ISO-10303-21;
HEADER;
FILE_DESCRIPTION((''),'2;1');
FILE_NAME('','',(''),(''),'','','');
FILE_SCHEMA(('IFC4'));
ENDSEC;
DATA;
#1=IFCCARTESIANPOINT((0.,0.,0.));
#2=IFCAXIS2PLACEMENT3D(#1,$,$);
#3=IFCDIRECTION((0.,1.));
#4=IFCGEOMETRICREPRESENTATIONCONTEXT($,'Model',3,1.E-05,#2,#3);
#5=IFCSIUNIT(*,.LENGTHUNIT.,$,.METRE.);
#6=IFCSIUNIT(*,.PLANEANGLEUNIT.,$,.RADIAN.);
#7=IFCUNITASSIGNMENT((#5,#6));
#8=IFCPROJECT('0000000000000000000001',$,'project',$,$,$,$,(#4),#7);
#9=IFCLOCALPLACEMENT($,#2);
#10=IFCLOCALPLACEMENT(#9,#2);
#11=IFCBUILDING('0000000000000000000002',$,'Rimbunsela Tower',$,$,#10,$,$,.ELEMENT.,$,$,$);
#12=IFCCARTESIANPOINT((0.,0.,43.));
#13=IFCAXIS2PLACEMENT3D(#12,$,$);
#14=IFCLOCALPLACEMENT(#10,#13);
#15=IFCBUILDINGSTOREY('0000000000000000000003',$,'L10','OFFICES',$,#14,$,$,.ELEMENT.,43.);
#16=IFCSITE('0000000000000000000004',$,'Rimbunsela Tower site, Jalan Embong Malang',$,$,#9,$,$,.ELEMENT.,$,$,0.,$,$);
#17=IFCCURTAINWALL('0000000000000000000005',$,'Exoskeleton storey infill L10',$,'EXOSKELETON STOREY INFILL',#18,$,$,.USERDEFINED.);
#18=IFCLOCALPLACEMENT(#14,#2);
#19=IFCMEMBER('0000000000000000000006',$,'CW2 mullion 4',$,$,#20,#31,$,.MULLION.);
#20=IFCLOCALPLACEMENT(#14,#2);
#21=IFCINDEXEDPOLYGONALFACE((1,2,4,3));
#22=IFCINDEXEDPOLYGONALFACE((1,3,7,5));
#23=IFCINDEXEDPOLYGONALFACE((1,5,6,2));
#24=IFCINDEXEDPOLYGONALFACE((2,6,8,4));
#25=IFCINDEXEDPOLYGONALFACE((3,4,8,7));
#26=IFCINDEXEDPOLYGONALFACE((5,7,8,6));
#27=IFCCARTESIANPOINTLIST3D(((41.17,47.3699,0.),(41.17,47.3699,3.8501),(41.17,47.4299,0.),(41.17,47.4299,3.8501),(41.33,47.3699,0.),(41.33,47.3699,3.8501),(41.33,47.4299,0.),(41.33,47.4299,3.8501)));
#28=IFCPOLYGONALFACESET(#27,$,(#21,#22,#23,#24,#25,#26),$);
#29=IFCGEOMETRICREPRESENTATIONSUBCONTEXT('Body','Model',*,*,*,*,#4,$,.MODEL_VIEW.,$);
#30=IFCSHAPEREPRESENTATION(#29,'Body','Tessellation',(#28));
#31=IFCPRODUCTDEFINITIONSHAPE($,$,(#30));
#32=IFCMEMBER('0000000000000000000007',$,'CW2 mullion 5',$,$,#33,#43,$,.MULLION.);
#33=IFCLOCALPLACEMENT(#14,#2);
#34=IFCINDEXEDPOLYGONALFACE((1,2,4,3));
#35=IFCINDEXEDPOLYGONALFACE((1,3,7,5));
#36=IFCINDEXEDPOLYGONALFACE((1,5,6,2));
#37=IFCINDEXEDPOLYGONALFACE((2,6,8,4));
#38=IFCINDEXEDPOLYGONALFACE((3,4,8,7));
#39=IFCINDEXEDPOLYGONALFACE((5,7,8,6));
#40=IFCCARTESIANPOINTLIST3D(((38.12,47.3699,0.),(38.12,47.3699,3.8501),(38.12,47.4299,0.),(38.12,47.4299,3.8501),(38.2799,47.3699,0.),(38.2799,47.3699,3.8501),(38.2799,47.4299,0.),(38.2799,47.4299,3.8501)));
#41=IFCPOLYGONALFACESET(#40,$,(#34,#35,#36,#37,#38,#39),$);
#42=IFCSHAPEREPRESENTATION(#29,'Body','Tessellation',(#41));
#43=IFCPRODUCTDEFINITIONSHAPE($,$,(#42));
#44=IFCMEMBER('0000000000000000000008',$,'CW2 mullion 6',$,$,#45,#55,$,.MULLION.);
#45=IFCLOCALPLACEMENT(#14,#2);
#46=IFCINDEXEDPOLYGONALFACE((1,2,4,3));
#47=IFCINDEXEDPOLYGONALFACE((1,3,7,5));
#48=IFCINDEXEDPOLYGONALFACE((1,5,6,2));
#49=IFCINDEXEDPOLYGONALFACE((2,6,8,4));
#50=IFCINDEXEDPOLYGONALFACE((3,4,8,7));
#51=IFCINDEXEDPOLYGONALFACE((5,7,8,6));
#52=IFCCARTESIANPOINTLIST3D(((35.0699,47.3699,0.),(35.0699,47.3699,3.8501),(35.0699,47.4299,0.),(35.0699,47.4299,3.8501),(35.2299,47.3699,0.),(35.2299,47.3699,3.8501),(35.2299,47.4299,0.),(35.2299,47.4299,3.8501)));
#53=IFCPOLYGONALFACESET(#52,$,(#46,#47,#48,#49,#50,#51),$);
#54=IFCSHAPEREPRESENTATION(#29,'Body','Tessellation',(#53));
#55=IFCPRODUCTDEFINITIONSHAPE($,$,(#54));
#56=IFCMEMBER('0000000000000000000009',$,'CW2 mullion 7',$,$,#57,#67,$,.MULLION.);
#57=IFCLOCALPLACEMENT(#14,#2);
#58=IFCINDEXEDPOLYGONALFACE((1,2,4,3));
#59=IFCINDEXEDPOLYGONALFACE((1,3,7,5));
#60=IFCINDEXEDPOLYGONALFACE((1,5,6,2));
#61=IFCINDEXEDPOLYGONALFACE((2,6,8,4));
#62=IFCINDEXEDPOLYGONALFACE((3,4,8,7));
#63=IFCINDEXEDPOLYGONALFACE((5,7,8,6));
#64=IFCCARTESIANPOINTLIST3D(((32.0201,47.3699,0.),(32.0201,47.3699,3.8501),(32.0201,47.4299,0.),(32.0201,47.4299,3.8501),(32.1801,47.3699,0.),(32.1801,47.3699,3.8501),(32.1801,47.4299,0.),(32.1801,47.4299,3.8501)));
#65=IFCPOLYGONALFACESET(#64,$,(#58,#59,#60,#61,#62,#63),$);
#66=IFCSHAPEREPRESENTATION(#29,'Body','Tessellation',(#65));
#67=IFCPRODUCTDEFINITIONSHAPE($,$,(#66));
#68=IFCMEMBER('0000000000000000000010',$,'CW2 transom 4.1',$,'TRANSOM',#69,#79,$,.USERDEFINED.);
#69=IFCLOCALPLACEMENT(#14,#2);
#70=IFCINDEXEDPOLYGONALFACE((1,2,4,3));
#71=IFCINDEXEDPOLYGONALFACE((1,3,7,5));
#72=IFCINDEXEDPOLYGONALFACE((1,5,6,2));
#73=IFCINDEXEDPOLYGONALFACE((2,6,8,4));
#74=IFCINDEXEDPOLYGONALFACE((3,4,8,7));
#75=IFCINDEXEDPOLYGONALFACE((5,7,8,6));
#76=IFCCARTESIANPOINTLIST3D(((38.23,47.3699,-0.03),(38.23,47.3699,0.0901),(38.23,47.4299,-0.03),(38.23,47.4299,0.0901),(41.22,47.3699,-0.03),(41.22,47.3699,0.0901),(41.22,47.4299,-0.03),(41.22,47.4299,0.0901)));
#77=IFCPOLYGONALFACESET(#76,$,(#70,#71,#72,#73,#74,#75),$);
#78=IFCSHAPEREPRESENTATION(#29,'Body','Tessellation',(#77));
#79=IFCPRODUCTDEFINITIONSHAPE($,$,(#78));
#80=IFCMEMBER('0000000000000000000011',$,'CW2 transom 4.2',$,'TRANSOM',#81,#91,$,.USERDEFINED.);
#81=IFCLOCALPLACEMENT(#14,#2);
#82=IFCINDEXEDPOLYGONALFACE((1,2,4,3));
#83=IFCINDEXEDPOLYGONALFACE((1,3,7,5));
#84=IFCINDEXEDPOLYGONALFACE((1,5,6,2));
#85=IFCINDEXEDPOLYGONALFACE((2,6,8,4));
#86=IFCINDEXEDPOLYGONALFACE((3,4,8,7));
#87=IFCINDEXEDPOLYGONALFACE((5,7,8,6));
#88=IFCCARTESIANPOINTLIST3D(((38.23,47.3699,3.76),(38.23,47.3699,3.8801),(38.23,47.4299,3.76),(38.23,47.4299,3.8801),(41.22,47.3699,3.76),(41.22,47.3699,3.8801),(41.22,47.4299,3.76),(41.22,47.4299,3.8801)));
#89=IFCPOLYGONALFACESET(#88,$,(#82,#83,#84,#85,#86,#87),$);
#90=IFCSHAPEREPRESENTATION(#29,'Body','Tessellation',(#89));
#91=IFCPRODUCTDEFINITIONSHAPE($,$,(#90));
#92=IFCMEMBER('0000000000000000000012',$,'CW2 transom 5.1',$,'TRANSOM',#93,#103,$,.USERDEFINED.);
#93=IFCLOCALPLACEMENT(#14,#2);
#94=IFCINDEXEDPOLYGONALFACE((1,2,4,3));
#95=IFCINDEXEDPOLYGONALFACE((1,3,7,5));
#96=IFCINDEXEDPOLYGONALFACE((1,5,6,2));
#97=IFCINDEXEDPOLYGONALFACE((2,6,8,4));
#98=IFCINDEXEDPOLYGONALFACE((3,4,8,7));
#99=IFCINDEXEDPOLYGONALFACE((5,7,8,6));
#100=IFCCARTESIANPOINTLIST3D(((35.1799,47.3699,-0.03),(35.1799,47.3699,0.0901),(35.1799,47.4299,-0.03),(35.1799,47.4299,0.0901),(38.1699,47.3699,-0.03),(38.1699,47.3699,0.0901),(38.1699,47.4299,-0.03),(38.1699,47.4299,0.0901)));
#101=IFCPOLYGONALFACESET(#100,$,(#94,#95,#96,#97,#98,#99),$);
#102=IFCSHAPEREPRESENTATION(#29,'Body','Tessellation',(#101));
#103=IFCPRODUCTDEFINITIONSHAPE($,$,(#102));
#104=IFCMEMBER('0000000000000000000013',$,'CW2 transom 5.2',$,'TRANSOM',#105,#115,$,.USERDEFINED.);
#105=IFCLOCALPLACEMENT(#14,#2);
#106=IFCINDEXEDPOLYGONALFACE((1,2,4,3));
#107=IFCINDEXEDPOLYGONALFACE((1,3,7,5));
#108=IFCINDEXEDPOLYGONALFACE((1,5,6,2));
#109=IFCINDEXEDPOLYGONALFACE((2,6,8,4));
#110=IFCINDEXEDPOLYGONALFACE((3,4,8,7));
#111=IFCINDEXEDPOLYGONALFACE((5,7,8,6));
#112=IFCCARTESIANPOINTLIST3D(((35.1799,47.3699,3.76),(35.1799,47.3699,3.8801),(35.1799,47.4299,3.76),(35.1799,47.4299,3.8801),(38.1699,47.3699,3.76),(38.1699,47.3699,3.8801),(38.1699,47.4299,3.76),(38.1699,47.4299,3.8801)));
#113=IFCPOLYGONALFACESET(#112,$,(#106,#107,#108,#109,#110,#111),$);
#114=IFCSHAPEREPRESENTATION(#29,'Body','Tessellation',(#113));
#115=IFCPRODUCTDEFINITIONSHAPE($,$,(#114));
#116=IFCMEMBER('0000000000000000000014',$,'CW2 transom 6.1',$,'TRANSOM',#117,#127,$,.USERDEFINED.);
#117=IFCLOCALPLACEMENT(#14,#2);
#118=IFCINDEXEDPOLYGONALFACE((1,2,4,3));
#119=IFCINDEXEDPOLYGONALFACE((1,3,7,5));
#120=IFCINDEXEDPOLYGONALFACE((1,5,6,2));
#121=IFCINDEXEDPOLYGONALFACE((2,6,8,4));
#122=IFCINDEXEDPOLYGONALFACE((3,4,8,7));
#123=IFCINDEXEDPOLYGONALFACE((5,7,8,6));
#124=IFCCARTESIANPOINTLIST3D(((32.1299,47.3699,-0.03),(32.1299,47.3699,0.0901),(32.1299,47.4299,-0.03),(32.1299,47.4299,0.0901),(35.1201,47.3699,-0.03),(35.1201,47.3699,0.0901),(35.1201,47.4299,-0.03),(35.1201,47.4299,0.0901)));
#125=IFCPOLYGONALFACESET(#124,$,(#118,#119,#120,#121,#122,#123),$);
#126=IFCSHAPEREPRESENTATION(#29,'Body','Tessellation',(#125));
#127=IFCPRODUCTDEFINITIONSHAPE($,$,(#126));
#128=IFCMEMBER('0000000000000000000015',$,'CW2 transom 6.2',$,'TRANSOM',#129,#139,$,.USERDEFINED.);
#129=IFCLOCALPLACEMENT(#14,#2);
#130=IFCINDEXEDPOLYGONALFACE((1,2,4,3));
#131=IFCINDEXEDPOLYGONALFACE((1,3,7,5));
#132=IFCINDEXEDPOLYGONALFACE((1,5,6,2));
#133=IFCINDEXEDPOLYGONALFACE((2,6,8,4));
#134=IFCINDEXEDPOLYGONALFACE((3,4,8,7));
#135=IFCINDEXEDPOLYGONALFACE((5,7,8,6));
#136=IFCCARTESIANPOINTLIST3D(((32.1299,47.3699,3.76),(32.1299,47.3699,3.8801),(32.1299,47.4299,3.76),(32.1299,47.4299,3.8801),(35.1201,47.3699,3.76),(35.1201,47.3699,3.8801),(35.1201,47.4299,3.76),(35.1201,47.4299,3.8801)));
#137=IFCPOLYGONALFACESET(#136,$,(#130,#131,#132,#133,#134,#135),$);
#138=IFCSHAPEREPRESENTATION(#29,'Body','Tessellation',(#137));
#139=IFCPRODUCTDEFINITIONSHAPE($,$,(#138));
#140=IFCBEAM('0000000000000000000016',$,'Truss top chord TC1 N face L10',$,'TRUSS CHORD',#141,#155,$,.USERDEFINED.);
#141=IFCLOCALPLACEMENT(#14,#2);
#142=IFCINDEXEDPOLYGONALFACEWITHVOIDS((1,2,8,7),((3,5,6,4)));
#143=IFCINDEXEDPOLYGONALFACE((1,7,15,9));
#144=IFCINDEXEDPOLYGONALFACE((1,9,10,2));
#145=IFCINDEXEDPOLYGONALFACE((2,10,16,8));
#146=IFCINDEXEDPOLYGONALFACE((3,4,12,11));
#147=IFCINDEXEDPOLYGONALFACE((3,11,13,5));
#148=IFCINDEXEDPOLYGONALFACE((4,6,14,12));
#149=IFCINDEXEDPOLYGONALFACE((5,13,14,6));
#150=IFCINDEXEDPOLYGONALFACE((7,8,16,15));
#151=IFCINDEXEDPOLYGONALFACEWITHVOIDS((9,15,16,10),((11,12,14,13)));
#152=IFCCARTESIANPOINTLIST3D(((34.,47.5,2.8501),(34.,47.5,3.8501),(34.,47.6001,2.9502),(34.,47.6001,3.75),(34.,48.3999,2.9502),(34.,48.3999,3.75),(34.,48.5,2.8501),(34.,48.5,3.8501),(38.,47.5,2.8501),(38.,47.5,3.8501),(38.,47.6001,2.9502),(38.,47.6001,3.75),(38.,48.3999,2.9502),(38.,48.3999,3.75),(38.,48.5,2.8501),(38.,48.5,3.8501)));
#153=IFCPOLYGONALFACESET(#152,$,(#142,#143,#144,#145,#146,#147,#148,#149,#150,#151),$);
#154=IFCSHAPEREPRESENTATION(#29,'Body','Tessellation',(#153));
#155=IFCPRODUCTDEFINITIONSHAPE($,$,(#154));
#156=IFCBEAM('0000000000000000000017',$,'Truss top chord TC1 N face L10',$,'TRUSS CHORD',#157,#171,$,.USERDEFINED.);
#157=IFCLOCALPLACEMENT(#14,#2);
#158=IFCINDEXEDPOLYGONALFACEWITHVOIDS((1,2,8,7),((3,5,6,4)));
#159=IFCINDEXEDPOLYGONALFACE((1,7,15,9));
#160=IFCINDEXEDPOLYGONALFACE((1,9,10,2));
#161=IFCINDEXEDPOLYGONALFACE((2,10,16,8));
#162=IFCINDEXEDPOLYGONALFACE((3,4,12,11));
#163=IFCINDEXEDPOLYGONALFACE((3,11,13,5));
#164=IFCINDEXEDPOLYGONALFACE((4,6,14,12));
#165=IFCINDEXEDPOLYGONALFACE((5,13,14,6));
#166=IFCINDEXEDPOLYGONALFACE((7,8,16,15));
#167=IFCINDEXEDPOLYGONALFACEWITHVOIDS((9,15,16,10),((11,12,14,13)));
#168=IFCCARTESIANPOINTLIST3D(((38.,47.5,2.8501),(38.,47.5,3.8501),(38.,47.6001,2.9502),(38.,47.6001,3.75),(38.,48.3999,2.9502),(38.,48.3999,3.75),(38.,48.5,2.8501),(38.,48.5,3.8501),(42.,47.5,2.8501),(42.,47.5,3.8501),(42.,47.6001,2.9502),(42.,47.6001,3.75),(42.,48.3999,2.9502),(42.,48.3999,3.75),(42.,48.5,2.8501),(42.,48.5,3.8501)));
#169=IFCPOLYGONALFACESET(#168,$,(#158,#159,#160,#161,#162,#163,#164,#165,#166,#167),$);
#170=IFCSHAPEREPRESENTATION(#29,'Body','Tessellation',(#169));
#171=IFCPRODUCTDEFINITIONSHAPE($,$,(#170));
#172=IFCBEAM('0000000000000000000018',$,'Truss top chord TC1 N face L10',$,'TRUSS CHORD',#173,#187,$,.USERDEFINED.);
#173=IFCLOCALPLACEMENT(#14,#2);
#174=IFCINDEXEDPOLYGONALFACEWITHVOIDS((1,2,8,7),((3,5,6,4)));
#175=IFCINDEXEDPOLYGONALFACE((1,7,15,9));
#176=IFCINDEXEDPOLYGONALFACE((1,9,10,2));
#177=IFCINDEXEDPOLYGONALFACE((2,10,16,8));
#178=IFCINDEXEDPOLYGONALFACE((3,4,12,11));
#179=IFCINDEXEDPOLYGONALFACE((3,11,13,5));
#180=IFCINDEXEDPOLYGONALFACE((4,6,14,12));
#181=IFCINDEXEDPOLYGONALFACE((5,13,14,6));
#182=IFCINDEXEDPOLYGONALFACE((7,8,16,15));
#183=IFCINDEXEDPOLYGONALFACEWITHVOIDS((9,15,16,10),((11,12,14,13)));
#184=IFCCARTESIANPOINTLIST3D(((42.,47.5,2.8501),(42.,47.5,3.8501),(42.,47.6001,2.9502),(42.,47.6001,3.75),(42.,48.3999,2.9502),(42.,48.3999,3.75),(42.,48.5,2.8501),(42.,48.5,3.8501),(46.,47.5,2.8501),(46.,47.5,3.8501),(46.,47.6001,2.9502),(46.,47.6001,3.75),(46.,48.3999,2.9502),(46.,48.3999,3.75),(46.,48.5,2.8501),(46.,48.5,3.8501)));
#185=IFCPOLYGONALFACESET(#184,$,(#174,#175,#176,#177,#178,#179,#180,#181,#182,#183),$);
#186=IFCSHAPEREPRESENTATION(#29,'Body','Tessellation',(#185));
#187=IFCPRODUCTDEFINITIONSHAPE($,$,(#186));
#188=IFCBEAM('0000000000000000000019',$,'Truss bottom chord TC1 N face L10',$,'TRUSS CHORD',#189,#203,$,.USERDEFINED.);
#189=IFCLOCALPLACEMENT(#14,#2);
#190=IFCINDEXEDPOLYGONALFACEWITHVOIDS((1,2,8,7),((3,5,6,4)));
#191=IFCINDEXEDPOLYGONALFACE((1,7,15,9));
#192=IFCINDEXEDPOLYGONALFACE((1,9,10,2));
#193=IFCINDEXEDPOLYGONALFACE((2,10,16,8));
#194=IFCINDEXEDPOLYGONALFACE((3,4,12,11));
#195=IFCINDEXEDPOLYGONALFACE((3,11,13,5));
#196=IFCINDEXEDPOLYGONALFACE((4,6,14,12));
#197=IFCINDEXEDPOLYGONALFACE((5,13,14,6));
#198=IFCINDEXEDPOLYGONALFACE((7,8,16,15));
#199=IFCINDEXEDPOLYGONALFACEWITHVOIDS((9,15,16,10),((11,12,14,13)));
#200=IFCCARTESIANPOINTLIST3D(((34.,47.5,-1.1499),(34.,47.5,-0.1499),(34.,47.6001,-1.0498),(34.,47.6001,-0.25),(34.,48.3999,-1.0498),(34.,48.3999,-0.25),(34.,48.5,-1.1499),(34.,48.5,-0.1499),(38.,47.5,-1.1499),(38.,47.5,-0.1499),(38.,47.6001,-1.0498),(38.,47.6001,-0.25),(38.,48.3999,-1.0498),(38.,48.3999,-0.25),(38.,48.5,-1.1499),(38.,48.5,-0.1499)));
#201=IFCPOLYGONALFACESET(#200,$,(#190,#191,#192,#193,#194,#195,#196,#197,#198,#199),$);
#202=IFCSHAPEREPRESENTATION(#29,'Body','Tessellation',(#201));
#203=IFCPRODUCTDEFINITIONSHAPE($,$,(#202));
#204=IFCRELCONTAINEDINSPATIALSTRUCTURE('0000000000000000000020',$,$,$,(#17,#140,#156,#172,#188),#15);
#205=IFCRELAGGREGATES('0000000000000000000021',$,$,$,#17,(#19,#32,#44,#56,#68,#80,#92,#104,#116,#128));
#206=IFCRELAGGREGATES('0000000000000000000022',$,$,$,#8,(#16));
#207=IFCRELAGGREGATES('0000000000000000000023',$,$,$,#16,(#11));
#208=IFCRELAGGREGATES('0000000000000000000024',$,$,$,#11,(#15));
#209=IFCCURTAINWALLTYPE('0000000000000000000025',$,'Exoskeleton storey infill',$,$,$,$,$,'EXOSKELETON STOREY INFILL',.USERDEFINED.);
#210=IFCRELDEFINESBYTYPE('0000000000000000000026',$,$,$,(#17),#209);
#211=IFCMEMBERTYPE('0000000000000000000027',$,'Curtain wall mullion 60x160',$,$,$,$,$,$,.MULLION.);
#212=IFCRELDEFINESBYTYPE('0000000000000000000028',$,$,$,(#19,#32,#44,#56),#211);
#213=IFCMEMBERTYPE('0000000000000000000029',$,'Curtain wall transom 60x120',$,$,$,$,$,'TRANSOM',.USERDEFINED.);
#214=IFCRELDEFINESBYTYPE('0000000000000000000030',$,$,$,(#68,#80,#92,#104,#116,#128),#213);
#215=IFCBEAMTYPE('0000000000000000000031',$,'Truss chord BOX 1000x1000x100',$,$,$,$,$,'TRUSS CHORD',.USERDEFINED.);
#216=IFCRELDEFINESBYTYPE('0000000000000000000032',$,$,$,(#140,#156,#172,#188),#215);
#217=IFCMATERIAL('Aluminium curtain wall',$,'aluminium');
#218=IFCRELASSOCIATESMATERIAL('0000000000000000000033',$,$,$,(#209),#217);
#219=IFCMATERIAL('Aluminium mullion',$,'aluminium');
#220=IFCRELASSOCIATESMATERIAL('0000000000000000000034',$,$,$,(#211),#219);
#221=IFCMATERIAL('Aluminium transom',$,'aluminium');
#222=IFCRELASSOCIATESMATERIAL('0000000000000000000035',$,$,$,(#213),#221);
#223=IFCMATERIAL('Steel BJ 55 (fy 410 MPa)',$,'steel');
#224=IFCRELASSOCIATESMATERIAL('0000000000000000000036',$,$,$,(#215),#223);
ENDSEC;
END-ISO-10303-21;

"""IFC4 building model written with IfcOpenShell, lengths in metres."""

from ifc_helpers import new_model, si_unit, direction, frame, origin, origin_2d, place, context, subcontext, project, spatial, rectangle, hollow_rectangle, extrude, material, material_profile, profile_set, type_object, element, aggregate, save


model = new_model("IFC4")

# Units and contexts
model_context = context("Model", 3, precision=1e-05, world=origin(), true_north=direction((0.0, 1.0)))
body_context = subcontext(model_context, "Body", "Model", "MODEL_VIEW")
ifc_project = project(units=[si_unit("LENGTHUNIT", "METRE"), si_unit("PLANEANGLEUNIT", "RADIAN")], contexts=[model_context])

# Site, building, storey
site_placement = place(None, origin())
site = spatial("IfcSite", under=ifc_project, at=site_placement, Name="Rimbunsela Tower site, Jalan Embong Malang", CompositionType="ELEMENT", RefElevation=0.0)
building_placement = place(site_placement, origin())
building = spatial("IfcBuilding", under=site, at=building_placement, Name="Rimbunsela Tower", CompositionType="ELEMENT")
storey_placement = place(building_placement, frame((0.0, 0.0, 43.0)))
storey = spatial("IfcBuildingStorey", under=building, at=storey_placement, Name="L10", Description="OFFICES", CompositionType="ELEMENT", Elevation=43.0)

# Curtain wall, members
ifc_material_1 = material(Name="Aluminium curtain wall", Category="aluminium")
curtain_wall_type = type_object("IfcCurtainWallType", Name="Exoskeleton storey infill", ElementType="EXOSKELETON STOREY INFILL", PredefinedType="USERDEFINED", material=ifc_material_1)
curtain_wall_placement = place(storey_placement, origin())
curtain_wall = element("IfcCurtainWall", 1, at=curtain_wall_placement, inside=storey, type_object=curtain_wall_type, Name="Exoskeleton storey infill L10", ObjectType="EXOSKELETON STOREY INFILL", PredefinedType="USERDEFINED")
ifc_material_2 = material(Name="Aluminium mullion", Category="aluminium")
ifc_material_profile_1 = material_profile(ifc_material_2, rectangle(XDim=0.0601, YDim=0.1599, at=origin_2d()), Name="Mullion 60x160")
ifc_profile_set_1 = profile_set([ifc_material_profile_1], Name="Aluminium mullion")
member_type_1 = type_object("IfcMemberType", Name="Curtain wall mullion 60x160", PredefinedType="MULLION", material=ifc_profile_set_1)
member_1_placement = place(storey_placement, frame((41.25, 47.3999, 0.0), z_axis=(0.0, 0.0, 1.0), x_axis=(0.0, -1.0, 0.0)))
member_1 = element("IfcMember", 2, at=member_1_placement, type_object=member_type_1, Name="CW2 mullion 4", PredefinedType="MULLION", context=body_context, shape_type="SweptSolid", body=[
    extrude(rectangle(XDim=0.0601, YDim=0.1599, at=origin_2d()), origin(), (0.0, 0.0, 1.0), 3.8501),
])
member_2_placement = place(storey_placement, frame((38.2, 47.3999, 0.0), z_axis=(0.0, 0.0, 1.0), x_axis=(0.0, -1.0, 0.0)))
member_2 = element("IfcMember", 3, at=member_2_placement, type_object=member_type_1, Name="CW2 mullion 5", PredefinedType="MULLION", context=body_context, shape_type="SweptSolid", body=[
    extrude(rectangle(XDim=0.0601, YDim=0.1599, at=origin_2d()), origin(), (0.0, 0.0, 1.0), 3.8501),
])
member_3_placement = place(storey_placement, frame((35.1499, 47.3999, 0.0), z_axis=(0.0, 0.0, 1.0), x_axis=(0.0, -1.0, 0.0)))
member_3 = element("IfcMember", 4, at=member_3_placement, type_object=member_type_1, Name="CW2 mullion 6", PredefinedType="MULLION", context=body_context, shape_type="SweptSolid", body=[
    extrude(rectangle(XDim=0.0601, YDim=0.1599, at=origin_2d()), origin(), (0.0, 0.0, 1.0), 3.8501),
])
member_4_placement = place(storey_placement, frame((32.1001, 47.3999, 0.0), z_axis=(0.0, 0.0, 1.0), x_axis=(0.0, -1.0, 0.0)))
member_4 = element("IfcMember", 5, at=member_4_placement, type_object=member_type_1, Name="CW2 mullion 7", PredefinedType="MULLION", context=body_context, shape_type="SweptSolid", body=[
    extrude(rectangle(XDim=0.0601, YDim=0.1599, at=origin_2d()), origin(), (0.0, 0.0, 1.0), 3.8501),
])
ifc_material_3 = material(Name="Aluminium transom", Category="aluminium")
ifc_material_profile_2 = material_profile(ifc_material_3, rectangle(XDim=0.0601, YDim=0.1201, at=origin_2d()), Name="Transom 60x120")
ifc_profile_set_2 = profile_set([ifc_material_profile_2], Name="Aluminium transom")
member_type_2 = type_object("IfcMemberType", Name="Curtain wall transom 60x120", ElementType="TRANSOM", PredefinedType="USERDEFINED", material=ifc_profile_set_2)
member_5_placement = place(storey_placement, frame((41.22, 47.3999, 0.03), z_axis=(-1.0, 0.0, 0.0), x_axis=(0.0, -1.0, 0.0)))
member_5 = element("IfcMember", 6, at=member_5_placement, type_object=member_type_2, Name="CW2 transom 4.1", ObjectType="TRANSOM", PredefinedType="USERDEFINED", context=body_context, shape_type="SweptSolid", body=[
    extrude(rectangle(XDim=0.0601, YDim=0.1201, at=origin_2d()), origin(), (0.0, 0.0, 1.0), 2.99),
])
member_6_placement = place(storey_placement, frame((41.22, 47.3999, 3.8201), z_axis=(-1.0, 0.0, 0.0), x_axis=(0.0, -1.0, 0.0)))
member_6 = element("IfcMember", 7, at=member_6_placement, type_object=member_type_2, Name="CW2 transom 4.2", ObjectType="TRANSOM", PredefinedType="USERDEFINED", context=body_context, shape_type="SweptSolid", body=[
    extrude(rectangle(XDim=0.0601, YDim=0.1201, at=origin_2d()), origin(), (0.0, 0.0, 1.0), 2.99),
])
member_7_placement = place(storey_placement, frame((38.1699, 47.3999, 0.03), z_axis=(-1.0, 0.0, 0.0), x_axis=(0.0, -1.0, 0.0)))
member_7 = element("IfcMember", 8, at=member_7_placement, type_object=member_type_2, Name="CW2 transom 5.1", ObjectType="TRANSOM", PredefinedType="USERDEFINED", context=body_context, shape_type="SweptSolid", body=[
    extrude(rectangle(XDim=0.0601, YDim=0.1201, at=origin_2d()), origin(), (0.0, 0.0, 1.0), 2.99),
])
member_8_placement = place(storey_placement, frame((38.1699, 47.3999, 3.8201), z_axis=(-1.0, 0.0, 0.0), x_axis=(0.0, -1.0, 0.0)))
member_8 = element("IfcMember", 9, at=member_8_placement, type_object=member_type_2, Name="CW2 transom 5.2", ObjectType="TRANSOM", PredefinedType="USERDEFINED", context=body_context, shape_type="SweptSolid", body=[
    extrude(rectangle(XDim=0.0601, YDim=0.1201, at=origin_2d()), origin(), (0.0, 0.0, 1.0), 2.99),
])
member_9_placement = place(storey_placement, frame((35.1201, 47.3999, 0.03), z_axis=(-1.0, 0.0, 0.0), x_axis=(0.0, -1.0, 0.0)))
member_9 = element("IfcMember", 10, at=member_9_placement, type_object=member_type_2, Name="CW2 transom 6.1", ObjectType="TRANSOM", PredefinedType="USERDEFINED", context=body_context, shape_type="SweptSolid", body=[
    extrude(rectangle(XDim=0.0601, YDim=0.1201, at=origin_2d()), origin(), (0.0, 0.0, 1.0), 2.9902),
])
member_10_placement = place(storey_placement, frame((35.1201, 47.3999, 3.8201), z_axis=(-1.0, 0.0, 0.0), x_axis=(0.0, -1.0, 0.0)))
member_10 = element("IfcMember", 11, at=member_10_placement, type_object=member_type_2, Name="CW2 transom 6.2", ObjectType="TRANSOM", PredefinedType="USERDEFINED", context=body_context, shape_type="SweptSolid", body=[
    extrude(rectangle(XDim=0.0601, YDim=0.1201, at=origin_2d()), origin(), (0.0, 0.0, 1.0), 2.9902),
])

# Beams
ifc_material_4 = material(Name="Steel BJ 55 (fy 410 MPa)", Category="steel")
ifc_material_profile_3 = material_profile(ifc_material_4, hollow_rectangle(XDim=1.0, YDim=1.0, WallThickness=0.1001, at=origin_2d()), Name="BOX 1000x1000x100")
ifc_profile_set_3 = profile_set([ifc_material_profile_3], Name="Steel BJ 55 (fy 410 MPa)")
beam_type = type_object("IfcBeamType", Name="Truss chord BOX 1000x1000x100", ElementType="TRUSS CHORD", PredefinedType="USERDEFINED", material=ifc_profile_set_3)
for number, where, z_axis, x_axis, name in (
    (12, (34.0, 48.0, 3.3501), (1.0, 0.0, 0.0), (0.0, 1.0, 0.0), "Truss top chord TC1 N face L10"),
    (13, (38.0, 48.0, 3.3501), (1.0, 0.0, 0.0), (0.0, 1.0, 0.0), "Truss top chord TC1 N face L10"),
    (14, (42.0, 48.0, 3.3501), (1.0, 0.0, 0.0), (0.0, 1.0, 0.0), "Truss top chord TC1 N face L10"),
    (15, (34.0, 48.0, -0.6499), (1.0, 0.0, 0.0), (0.0, 1.0, 0.0), "Truss bottom chord TC1 N face L10"),
):
    element("IfcBeam", number, at=place(storey_placement, frame(where, z_axis=z_axis, x_axis=x_axis)), inside=storey, type_object=beam_type, Name=name, ObjectType="TRUSS CHORD", PredefinedType="USERDEFINED", context=body_context, shape_type="SweptSolid", body=[
        extrude(hollow_rectangle(XDim=1.0, YDim=1.0, WallThickness=0.1001, at=origin_2d()), origin(), (0.0, 0.0, 1.0), 4.0),
    ])

aggregate(curtain_wall, [member_1, member_2, member_3, member_4, member_5, member_6, member_7, member_8, member_9, member_10])

save(model, "model.ifc")
